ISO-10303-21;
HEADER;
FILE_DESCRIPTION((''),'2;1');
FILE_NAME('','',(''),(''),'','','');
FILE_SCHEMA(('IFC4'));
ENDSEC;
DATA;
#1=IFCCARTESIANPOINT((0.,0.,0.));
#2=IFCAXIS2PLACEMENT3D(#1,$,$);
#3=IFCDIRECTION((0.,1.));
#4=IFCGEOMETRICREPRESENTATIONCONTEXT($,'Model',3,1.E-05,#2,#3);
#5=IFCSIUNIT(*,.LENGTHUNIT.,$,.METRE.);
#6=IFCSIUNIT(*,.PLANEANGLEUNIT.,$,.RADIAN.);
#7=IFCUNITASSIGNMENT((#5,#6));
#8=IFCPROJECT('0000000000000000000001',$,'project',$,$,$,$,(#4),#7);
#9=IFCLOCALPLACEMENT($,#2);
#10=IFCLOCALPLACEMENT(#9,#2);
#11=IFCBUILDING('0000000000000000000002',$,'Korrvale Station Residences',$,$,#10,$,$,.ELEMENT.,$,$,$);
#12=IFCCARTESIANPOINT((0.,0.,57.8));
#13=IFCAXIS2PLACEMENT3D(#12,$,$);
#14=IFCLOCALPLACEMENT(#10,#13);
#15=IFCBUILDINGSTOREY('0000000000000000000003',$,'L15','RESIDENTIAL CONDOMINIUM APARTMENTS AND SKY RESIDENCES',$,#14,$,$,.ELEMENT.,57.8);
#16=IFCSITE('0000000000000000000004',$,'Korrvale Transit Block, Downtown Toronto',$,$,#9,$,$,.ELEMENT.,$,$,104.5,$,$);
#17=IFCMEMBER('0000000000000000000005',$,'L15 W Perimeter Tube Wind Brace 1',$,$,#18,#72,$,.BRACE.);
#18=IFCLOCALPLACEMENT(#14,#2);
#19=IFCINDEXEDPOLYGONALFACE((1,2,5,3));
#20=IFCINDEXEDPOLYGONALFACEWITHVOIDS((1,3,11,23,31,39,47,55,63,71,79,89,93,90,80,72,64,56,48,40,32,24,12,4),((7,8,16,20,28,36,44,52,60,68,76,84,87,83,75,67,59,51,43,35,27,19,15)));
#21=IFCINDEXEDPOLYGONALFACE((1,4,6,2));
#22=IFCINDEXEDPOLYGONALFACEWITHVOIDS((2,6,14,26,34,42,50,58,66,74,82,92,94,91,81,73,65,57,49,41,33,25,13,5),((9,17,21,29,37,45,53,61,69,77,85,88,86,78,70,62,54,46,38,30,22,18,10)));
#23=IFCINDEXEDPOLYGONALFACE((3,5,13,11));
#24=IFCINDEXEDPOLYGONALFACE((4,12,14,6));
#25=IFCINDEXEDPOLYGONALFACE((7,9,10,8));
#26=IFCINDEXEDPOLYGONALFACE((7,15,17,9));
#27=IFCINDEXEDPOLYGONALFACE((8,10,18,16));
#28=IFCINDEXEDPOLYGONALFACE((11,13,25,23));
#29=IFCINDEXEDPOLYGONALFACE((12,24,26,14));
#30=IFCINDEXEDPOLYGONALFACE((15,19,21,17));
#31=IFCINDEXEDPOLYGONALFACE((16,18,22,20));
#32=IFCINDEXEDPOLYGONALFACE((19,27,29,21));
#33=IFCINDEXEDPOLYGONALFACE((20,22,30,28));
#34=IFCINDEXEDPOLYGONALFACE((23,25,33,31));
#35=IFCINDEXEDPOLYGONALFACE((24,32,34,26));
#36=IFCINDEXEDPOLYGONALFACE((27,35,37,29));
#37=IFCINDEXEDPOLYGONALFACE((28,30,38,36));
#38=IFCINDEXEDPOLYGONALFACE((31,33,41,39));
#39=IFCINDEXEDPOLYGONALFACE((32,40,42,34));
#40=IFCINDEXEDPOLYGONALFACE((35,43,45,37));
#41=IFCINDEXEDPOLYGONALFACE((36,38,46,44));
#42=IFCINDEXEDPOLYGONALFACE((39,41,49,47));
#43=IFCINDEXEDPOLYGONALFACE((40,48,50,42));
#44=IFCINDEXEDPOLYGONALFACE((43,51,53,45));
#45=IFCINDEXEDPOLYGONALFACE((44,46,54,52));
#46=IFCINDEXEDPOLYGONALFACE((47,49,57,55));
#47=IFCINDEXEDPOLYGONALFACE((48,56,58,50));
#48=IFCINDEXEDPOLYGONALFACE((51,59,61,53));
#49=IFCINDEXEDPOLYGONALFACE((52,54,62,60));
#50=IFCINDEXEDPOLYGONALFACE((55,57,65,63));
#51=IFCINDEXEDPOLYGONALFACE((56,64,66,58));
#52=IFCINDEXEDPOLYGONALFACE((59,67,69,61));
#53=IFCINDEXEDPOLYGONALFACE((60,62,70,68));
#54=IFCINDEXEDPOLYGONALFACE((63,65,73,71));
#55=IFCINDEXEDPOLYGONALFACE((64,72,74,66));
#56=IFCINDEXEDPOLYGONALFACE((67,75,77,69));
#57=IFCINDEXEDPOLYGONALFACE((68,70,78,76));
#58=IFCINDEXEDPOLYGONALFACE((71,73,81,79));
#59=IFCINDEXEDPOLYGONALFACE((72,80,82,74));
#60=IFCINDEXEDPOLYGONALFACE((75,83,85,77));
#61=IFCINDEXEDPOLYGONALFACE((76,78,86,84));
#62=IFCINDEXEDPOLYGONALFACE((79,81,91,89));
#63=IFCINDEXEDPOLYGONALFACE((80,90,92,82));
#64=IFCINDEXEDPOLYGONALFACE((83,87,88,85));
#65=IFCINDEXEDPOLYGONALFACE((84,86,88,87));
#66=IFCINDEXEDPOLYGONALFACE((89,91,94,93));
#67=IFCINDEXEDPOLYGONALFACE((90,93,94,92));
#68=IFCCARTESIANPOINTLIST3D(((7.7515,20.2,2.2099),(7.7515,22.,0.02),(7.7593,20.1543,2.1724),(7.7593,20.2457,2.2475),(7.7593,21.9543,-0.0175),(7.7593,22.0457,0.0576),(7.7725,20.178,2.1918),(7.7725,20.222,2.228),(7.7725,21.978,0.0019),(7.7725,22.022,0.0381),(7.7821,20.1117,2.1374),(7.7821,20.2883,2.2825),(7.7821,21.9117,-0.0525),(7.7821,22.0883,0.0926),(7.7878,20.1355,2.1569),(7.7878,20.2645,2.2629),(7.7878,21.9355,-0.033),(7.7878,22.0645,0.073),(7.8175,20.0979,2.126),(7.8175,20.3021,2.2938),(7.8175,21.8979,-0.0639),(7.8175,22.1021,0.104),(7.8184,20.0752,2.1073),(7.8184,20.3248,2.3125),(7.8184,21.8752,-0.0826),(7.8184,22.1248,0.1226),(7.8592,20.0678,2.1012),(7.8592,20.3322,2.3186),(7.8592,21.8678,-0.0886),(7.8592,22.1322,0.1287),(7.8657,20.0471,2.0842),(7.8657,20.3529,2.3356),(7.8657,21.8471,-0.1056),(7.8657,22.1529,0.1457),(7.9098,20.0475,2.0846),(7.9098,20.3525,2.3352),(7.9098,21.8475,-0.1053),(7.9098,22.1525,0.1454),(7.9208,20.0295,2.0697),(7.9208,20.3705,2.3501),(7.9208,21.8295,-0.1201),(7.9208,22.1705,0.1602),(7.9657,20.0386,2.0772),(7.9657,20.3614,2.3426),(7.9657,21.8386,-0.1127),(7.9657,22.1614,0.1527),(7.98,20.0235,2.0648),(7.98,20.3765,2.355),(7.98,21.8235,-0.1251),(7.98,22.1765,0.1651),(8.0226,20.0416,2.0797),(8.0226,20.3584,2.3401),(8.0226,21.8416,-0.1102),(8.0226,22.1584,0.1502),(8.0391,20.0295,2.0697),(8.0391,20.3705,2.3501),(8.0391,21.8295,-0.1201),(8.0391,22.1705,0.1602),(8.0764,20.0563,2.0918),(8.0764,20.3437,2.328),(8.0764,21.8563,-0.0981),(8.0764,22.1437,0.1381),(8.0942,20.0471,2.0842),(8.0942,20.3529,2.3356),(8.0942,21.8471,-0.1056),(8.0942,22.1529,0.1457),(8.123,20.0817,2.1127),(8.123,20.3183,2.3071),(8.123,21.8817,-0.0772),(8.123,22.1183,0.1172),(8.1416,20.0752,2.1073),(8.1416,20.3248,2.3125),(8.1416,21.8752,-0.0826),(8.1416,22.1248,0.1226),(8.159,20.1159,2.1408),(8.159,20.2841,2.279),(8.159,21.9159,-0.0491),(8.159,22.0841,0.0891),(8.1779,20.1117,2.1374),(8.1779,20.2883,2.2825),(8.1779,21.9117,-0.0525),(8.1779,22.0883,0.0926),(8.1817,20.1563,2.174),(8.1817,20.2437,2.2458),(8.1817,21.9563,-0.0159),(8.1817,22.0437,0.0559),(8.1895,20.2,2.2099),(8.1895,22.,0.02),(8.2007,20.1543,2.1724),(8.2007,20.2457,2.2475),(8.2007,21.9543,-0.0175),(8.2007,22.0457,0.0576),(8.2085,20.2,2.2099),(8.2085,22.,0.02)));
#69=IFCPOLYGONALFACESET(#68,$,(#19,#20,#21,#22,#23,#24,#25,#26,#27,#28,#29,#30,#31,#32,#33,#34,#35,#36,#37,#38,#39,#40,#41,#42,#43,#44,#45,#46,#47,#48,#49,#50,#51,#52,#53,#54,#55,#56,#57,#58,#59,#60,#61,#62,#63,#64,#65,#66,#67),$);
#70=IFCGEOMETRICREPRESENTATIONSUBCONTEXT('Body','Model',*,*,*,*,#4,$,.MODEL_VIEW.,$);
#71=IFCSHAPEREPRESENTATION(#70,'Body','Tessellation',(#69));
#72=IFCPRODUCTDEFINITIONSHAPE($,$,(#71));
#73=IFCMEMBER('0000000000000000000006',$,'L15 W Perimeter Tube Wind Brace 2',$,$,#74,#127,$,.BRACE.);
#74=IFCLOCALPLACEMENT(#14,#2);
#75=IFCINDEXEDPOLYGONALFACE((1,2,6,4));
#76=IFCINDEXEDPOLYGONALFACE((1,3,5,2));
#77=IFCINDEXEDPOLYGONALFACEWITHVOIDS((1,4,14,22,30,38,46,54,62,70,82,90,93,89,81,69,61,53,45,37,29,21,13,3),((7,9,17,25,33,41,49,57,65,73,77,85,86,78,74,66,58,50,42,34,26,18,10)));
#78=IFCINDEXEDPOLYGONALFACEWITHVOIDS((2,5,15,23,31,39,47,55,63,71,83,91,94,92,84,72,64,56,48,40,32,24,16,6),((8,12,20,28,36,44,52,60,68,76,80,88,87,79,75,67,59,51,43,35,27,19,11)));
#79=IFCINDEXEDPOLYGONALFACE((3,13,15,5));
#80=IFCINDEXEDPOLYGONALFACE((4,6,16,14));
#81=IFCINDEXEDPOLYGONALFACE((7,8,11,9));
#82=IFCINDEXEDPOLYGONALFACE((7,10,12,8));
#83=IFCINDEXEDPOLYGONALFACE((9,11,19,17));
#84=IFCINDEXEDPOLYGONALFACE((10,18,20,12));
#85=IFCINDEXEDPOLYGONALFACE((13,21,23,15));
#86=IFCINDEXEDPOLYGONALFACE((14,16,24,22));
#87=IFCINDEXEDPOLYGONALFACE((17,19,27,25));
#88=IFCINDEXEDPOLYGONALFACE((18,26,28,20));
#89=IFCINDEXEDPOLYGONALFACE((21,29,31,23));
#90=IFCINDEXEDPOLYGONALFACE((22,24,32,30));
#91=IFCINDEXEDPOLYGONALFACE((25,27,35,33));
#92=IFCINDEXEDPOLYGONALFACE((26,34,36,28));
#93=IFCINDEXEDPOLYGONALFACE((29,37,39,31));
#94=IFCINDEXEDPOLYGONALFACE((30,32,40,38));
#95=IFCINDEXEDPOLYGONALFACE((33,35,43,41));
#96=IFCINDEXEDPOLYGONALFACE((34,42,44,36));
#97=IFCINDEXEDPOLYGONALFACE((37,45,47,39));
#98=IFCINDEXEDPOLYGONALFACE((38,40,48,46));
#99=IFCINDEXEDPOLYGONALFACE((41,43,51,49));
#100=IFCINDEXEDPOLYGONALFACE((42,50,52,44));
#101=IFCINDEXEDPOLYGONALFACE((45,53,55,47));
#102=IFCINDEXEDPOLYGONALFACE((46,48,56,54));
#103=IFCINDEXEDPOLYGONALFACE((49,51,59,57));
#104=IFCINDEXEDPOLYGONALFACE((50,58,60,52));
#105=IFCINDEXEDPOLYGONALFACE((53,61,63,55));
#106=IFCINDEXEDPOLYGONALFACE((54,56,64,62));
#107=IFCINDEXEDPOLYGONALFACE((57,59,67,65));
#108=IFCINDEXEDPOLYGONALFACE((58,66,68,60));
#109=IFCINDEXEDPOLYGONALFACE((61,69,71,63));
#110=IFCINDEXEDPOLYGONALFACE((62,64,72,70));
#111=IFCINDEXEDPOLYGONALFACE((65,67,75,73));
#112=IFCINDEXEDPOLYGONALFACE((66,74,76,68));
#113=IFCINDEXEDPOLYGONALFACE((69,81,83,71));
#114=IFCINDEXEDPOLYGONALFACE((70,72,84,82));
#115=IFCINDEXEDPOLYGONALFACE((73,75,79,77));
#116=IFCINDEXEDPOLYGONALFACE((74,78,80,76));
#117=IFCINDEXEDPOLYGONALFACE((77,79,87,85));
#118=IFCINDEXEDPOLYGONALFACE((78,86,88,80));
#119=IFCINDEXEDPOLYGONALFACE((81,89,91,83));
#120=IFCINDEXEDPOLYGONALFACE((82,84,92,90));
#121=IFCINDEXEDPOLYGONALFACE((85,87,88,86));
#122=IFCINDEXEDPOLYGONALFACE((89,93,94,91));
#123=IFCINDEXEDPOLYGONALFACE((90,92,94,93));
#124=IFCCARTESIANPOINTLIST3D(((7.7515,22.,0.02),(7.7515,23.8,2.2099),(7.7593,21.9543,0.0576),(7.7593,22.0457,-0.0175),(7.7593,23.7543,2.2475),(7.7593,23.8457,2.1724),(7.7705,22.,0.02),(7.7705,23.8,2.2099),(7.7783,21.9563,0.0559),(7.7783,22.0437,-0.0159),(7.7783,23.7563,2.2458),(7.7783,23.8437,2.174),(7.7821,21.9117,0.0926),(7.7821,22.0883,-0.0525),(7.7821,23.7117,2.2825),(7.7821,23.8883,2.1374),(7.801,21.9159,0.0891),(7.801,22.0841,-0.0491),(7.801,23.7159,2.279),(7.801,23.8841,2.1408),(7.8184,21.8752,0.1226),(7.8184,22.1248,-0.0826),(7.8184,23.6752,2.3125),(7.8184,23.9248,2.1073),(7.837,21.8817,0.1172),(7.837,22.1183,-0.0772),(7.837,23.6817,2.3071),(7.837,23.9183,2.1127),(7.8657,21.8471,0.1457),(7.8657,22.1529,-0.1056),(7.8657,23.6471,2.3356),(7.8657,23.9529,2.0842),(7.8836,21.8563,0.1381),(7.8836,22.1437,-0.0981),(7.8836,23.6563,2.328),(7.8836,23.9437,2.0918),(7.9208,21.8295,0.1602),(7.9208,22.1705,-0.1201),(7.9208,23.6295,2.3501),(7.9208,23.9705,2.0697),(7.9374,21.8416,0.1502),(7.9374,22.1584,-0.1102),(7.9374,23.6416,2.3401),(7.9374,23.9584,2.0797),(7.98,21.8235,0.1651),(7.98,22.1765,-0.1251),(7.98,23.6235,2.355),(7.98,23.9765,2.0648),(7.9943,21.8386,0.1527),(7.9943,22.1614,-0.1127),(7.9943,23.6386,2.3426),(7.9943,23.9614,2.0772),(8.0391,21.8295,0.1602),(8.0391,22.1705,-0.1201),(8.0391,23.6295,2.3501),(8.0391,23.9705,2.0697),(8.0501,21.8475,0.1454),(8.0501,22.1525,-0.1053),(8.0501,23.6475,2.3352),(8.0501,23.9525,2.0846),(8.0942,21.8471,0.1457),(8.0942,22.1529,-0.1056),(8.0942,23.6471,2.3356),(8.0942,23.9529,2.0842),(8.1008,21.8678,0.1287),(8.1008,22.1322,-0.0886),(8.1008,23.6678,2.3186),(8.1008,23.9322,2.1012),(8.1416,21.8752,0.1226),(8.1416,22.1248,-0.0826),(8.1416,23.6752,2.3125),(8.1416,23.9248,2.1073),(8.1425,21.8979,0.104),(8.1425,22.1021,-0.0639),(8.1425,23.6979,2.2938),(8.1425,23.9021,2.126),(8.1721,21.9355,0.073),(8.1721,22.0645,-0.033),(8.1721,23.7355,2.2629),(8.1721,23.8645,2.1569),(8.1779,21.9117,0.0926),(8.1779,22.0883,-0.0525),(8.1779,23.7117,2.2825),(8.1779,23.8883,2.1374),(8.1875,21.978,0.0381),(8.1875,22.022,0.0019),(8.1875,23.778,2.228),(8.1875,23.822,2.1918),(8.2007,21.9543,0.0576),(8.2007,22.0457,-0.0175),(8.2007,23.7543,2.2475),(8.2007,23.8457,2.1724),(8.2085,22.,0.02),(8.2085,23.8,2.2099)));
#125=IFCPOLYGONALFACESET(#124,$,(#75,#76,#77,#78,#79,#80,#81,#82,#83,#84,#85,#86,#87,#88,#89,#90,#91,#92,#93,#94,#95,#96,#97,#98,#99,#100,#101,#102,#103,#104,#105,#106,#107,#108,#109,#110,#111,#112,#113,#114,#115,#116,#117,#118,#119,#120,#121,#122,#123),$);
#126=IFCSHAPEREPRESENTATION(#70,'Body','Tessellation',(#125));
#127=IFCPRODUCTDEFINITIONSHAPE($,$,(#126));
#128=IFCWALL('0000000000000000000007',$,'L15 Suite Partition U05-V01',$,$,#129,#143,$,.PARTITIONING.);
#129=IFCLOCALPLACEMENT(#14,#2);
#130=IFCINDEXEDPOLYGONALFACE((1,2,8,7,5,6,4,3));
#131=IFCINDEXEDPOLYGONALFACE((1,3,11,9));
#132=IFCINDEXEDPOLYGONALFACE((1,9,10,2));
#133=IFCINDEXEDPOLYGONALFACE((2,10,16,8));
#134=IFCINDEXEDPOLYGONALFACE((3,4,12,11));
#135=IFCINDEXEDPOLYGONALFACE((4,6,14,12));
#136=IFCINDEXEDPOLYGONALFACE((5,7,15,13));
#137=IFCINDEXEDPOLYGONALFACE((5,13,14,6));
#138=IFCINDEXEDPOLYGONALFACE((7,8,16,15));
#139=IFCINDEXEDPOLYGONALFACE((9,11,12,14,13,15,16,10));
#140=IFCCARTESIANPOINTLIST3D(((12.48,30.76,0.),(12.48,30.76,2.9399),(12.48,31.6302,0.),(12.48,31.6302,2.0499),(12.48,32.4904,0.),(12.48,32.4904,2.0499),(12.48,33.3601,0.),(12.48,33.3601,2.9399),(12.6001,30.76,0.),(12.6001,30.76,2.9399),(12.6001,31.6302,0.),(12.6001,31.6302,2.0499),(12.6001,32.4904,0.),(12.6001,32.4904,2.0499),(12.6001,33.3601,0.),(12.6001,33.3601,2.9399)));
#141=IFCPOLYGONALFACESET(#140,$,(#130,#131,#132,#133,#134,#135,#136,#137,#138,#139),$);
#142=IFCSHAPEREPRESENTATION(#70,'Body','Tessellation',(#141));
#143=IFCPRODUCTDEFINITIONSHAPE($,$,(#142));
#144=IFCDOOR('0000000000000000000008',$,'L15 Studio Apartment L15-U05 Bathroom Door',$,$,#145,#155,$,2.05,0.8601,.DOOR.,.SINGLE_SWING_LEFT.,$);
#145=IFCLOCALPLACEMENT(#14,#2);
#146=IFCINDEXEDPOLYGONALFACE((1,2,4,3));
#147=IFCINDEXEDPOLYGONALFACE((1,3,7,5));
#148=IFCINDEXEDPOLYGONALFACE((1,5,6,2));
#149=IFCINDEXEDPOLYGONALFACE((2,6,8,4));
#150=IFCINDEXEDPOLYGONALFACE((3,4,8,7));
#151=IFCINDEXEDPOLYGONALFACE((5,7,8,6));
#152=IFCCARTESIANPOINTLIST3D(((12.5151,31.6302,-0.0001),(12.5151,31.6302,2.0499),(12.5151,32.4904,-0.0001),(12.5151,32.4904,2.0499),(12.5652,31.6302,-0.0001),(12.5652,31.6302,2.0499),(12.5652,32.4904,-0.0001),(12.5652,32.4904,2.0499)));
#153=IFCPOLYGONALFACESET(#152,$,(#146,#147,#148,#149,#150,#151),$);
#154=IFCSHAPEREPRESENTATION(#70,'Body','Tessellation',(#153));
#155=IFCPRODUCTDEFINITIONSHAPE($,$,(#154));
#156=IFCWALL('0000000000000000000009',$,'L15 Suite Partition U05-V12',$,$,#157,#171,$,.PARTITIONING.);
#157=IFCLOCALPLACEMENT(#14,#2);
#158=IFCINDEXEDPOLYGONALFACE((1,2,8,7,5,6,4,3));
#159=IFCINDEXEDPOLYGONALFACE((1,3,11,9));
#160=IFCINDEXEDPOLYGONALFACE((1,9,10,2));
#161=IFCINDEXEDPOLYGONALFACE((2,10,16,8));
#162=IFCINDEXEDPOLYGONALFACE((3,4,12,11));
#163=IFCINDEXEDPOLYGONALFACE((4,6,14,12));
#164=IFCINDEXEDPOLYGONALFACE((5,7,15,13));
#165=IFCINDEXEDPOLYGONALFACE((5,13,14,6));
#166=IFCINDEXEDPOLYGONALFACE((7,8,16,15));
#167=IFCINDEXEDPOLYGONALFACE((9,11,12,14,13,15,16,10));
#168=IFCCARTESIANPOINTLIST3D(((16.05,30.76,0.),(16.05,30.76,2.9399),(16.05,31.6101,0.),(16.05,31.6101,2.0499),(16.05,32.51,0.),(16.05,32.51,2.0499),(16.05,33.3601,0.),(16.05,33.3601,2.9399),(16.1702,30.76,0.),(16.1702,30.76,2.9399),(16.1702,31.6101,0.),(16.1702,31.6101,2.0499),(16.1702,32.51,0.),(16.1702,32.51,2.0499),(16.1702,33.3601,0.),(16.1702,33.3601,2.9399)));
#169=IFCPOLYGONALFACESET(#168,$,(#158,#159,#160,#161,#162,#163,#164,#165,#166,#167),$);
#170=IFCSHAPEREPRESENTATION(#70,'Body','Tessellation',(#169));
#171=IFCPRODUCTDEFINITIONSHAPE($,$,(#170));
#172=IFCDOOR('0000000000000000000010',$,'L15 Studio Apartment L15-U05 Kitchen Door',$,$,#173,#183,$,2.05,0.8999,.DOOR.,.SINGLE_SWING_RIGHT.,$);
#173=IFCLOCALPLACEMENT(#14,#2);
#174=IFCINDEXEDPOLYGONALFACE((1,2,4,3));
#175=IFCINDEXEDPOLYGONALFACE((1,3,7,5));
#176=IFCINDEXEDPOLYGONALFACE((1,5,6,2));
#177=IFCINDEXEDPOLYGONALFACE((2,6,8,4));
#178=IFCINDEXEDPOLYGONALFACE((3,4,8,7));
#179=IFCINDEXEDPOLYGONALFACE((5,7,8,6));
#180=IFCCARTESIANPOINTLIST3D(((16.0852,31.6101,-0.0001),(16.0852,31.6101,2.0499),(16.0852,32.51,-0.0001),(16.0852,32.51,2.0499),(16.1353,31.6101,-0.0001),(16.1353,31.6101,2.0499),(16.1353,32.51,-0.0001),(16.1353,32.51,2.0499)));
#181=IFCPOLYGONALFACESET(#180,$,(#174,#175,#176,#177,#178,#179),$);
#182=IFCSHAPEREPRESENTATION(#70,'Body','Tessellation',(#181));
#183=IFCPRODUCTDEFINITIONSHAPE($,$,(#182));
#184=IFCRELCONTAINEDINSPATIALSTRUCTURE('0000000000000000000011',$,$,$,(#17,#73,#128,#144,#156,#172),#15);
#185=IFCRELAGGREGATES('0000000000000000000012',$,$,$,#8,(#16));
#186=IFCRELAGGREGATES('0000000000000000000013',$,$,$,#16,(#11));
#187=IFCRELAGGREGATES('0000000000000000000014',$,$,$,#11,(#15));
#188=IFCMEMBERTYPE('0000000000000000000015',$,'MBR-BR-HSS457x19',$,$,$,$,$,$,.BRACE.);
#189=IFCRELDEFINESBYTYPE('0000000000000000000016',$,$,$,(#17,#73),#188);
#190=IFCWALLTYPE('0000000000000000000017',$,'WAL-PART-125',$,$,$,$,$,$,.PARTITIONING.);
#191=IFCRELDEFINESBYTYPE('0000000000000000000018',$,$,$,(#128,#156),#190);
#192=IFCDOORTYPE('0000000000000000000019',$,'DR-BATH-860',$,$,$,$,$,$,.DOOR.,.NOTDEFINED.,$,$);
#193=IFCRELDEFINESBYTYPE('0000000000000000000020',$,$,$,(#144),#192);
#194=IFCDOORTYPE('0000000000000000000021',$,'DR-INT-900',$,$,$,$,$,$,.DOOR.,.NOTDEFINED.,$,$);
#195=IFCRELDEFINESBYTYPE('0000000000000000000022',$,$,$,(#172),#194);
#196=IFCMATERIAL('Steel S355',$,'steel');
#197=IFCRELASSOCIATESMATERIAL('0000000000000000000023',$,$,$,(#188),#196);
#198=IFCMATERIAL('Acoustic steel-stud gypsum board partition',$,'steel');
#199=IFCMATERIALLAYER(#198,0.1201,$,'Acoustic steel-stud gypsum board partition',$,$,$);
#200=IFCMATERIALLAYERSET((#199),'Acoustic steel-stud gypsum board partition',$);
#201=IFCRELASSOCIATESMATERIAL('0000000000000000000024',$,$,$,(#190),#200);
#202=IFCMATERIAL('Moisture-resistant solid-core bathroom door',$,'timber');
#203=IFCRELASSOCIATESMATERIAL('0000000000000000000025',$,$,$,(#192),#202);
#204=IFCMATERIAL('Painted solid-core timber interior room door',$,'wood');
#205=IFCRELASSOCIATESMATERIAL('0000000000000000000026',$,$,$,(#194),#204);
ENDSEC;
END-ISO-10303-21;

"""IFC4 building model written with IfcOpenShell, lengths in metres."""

from ifc_helpers import new_model, si_unit, direction, frame, frame_2d, origin, origin_2d, place, context, subcontext, project, spatial, rectangle, hollow_circle, extrude, material, layer, layer_set, material_profile, profile_set, type_object, element, fill, save


model = new_model("IFC4")

# Units and contexts
model_context = context("Model", 3, precision=1e-05, world=origin(), true_north=direction((0.0, 1.0)))
body_context = subcontext(model_context, "Body", "Model", "MODEL_VIEW")
ifc_project = project(units=[si_unit("LENGTHUNIT", "METRE"), si_unit("PLANEANGLEUNIT", "RADIAN")], contexts=[model_context])

# Site, building, storey
site_placement = place(None, origin())
site = spatial("IfcSite", under=ifc_project, at=site_placement, Name="Korrvale Transit Block, Downtown Toronto", CompositionType="ELEMENT", RefElevation=104.5)
building_placement = place(site_placement, origin())
building = spatial("IfcBuilding", under=site, at=building_placement, Name="Korrvale Station Residences", CompositionType="ELEMENT")
storey_placement = place(building_placement, frame((0.0, 0.0, 57.8)))
storey = spatial("IfcBuildingStorey", under=building, at=storey_placement, Name="L15", Description="RESIDENTIAL CONDOMINIUM APARTMENTS AND SKY RESIDENCES", CompositionType="ELEMENT", Elevation=57.8)

# Shared definitions
ifc_material_1 = material(Name="Steel S355", Category="steel")

# Members
ifc_material_profile_1 = material_profile(ifc_material_1, hollow_circle(Radius=0.2285, WallThickness=0.019, at=origin_2d()), Name="HSS457x19")
ifc_profile_set_1 = profile_set([ifc_material_profile_1], Name="Steel S355")
member_type = type_object("IfcMemberType", Name="MBR-BR-HSS457x19", PredefinedType="BRACE", material=ifc_profile_set_1)
for number, where, z_axis, x_axis, name in (
    (1, (7.98, 22.0, 0.02), (0.0, -0.634985, 0.772524), (1.0, 0.0, 0.0), "L15 W Perimeter Tube Wind Brace 1"),
    (2, (7.98, 22.0, 0.02), (0.0, 0.634985, 0.772524), (-1.0, 0.0, 0.0), "L15 W Perimeter Tube Wind Brace 2"),
):
    element("IfcMember", number, at=place(storey_placement, frame(where, z_axis=z_axis, x_axis=x_axis)), inside=storey, type_object=member_type, Name=name, PredefinedType="BRACE", context=body_context, shape_type="SweptSolid", body=[
        extrude(hollow_circle(Radius=0.2285, WallThickness=0.019, at=origin_2d()), origin(), (0.0, 0.0, 1.0), 2.8347),
    ])

# Walls, openings, doors
ifc_material_2 = material(Name="Acoustic steel-stud gypsum board partition", Category="steel")
ifc_layer_1 = layer(ifc_material_2, 0.1201, Name="Acoustic steel-stud gypsum board partition")
ifc_layer_set_1 = layer_set([ifc_layer_1], Name="Acoustic steel-stud gypsum board partition")
wall_type_1 = type_object("IfcWallType", Name="WAL-PART-125", PredefinedType="PARTITIONING", material=ifc_layer_set_1)
wall_1_placement = place(storey_placement, frame((12.54, 30.76, 0.0), z_axis=(0.0, 0.0, 1.0), x_axis=(0.0, 1.0, 0.0)))
wall_1 = element("IfcWall", 3, at=wall_1_placement, inside=storey, type_object=wall_type_1, Name="L15 Suite Partition U05-V01", PredefinedType="PARTITIONING", context=body_context, shape_type="SweptSolid", body=[
    extrude(rectangle(XDim=2.6001, YDim=0.1201, at=frame_2d((1.3, 0.0))), origin(), (0.0, 0.0, 1.0), 2.9399),
])
opening_1_placement = place(wall_1_placement, frame((0.8701, 0.0, 0.0)))
opening_1 = element("IfcOpeningElement", 4, at=opening_1_placement, cuts=wall_1, PredefinedType="OPENING", context=body_context, shape_type="SweptSolid", body=[
    extrude(rectangle(XDim=0.8601, YDim=2.05, at=frame_2d((0.4302, 1.0249))), frame((0.0, 0.0701, 0.0), z_axis=(0.0, -1.0, 0.0), x_axis=(1.0, 0.0, 0.0)), (0.0, 0.0, 1.0), 0.1401),
])
ifc_material_3 = material(Name="Moisture-resistant solid-core bathroom door", Category="timber")
door_type_1 = type_object("IfcDoorType", Name="DR-BATH-860", OperationType="NOTDEFINED", PredefinedType="DOOR", material=ifc_material_3)
door_1_placement = place(opening_1_placement, origin())
door_1 = element("IfcDoor", 5, at=door_1_placement, inside=storey, type_object=door_type_1, Name="L15 Studio Apartment L15-U05 Bathroom Door", OperationType="SINGLE_SWING_LEFT", OverallHeight=2.05, OverallWidth=0.8601, PredefinedType="DOOR", context=body_context, shape_type="SweptSolid", body=[
    extrude(rectangle(XDim=0.8601, YDim=2.05, at=frame_2d((0.4302, 1.0249))), frame((0.0, 0.0249, 0.0), z_axis=(0.0, -1.0, 0.0), x_axis=(1.0, 0.0, 0.0)), (0.0, 0.0, 1.0), 0.05),
])
fill(opening_1, door_1)
wall_2_placement = place(storey_placement, frame((16.1101, 30.76, 0.0), z_axis=(0.0, 0.0, 1.0), x_axis=(0.0, 1.0, 0.0)))
wall_2 = element("IfcWall", 6, at=wall_2_placement, inside=storey, type_object=wall_type_1, Name="L15 Suite Partition U05-V12", PredefinedType="PARTITIONING", context=body_context, shape_type="SweptSolid", body=[
    extrude(rectangle(XDim=2.6001, YDim=0.1201, at=frame_2d((1.3, 0.0))), origin(), (0.0, 0.0, 1.0), 2.9399),
])
opening_2_placement = place(wall_2_placement, frame((0.8501, 0.0, 0.0)))
opening_2 = element("IfcOpeningElement", 7, at=opening_2_placement, cuts=wall_2, PredefinedType="OPENING", context=body_context, shape_type="SweptSolid", body=[
    extrude(rectangle(XDim=0.8999, YDim=2.05, at=frame_2d((0.45, 1.0249))), frame((0.0, 0.0701, 0.0), z_axis=(0.0, -1.0, 0.0), x_axis=(1.0, 0.0, 0.0)), (0.0, 0.0, 1.0), 0.1401),
])
ifc_material_4 = material(Name="Painted solid-core timber interior room door", Category="wood")
door_type_2 = type_object("IfcDoorType", Name="DR-INT-900", OperationType="NOTDEFINED", PredefinedType="DOOR", material=ifc_material_4)
door_2_placement = place(opening_2_placement, origin())
door_2 = element("IfcDoor", 8, at=door_2_placement, inside=storey, type_object=door_type_2, Name="L15 Studio Apartment L15-U05 Kitchen Door", OperationType="SINGLE_SWING_RIGHT", OverallHeight=2.05, OverallWidth=0.8999, PredefinedType="DOOR", context=body_context, shape_type="SweptSolid", body=[
    extrude(rectangle(XDim=0.8999, YDim=2.05, at=frame_2d((0.45, 1.0249))), frame((0.0, 0.0249, 0.0), z_axis=(0.0, -1.0, 0.0), x_axis=(1.0, 0.0, 0.0)), (0.0, 0.0, 1.0), 0.05),
])
fill(opening_2, door_2)

save(model, "model.ifc")
